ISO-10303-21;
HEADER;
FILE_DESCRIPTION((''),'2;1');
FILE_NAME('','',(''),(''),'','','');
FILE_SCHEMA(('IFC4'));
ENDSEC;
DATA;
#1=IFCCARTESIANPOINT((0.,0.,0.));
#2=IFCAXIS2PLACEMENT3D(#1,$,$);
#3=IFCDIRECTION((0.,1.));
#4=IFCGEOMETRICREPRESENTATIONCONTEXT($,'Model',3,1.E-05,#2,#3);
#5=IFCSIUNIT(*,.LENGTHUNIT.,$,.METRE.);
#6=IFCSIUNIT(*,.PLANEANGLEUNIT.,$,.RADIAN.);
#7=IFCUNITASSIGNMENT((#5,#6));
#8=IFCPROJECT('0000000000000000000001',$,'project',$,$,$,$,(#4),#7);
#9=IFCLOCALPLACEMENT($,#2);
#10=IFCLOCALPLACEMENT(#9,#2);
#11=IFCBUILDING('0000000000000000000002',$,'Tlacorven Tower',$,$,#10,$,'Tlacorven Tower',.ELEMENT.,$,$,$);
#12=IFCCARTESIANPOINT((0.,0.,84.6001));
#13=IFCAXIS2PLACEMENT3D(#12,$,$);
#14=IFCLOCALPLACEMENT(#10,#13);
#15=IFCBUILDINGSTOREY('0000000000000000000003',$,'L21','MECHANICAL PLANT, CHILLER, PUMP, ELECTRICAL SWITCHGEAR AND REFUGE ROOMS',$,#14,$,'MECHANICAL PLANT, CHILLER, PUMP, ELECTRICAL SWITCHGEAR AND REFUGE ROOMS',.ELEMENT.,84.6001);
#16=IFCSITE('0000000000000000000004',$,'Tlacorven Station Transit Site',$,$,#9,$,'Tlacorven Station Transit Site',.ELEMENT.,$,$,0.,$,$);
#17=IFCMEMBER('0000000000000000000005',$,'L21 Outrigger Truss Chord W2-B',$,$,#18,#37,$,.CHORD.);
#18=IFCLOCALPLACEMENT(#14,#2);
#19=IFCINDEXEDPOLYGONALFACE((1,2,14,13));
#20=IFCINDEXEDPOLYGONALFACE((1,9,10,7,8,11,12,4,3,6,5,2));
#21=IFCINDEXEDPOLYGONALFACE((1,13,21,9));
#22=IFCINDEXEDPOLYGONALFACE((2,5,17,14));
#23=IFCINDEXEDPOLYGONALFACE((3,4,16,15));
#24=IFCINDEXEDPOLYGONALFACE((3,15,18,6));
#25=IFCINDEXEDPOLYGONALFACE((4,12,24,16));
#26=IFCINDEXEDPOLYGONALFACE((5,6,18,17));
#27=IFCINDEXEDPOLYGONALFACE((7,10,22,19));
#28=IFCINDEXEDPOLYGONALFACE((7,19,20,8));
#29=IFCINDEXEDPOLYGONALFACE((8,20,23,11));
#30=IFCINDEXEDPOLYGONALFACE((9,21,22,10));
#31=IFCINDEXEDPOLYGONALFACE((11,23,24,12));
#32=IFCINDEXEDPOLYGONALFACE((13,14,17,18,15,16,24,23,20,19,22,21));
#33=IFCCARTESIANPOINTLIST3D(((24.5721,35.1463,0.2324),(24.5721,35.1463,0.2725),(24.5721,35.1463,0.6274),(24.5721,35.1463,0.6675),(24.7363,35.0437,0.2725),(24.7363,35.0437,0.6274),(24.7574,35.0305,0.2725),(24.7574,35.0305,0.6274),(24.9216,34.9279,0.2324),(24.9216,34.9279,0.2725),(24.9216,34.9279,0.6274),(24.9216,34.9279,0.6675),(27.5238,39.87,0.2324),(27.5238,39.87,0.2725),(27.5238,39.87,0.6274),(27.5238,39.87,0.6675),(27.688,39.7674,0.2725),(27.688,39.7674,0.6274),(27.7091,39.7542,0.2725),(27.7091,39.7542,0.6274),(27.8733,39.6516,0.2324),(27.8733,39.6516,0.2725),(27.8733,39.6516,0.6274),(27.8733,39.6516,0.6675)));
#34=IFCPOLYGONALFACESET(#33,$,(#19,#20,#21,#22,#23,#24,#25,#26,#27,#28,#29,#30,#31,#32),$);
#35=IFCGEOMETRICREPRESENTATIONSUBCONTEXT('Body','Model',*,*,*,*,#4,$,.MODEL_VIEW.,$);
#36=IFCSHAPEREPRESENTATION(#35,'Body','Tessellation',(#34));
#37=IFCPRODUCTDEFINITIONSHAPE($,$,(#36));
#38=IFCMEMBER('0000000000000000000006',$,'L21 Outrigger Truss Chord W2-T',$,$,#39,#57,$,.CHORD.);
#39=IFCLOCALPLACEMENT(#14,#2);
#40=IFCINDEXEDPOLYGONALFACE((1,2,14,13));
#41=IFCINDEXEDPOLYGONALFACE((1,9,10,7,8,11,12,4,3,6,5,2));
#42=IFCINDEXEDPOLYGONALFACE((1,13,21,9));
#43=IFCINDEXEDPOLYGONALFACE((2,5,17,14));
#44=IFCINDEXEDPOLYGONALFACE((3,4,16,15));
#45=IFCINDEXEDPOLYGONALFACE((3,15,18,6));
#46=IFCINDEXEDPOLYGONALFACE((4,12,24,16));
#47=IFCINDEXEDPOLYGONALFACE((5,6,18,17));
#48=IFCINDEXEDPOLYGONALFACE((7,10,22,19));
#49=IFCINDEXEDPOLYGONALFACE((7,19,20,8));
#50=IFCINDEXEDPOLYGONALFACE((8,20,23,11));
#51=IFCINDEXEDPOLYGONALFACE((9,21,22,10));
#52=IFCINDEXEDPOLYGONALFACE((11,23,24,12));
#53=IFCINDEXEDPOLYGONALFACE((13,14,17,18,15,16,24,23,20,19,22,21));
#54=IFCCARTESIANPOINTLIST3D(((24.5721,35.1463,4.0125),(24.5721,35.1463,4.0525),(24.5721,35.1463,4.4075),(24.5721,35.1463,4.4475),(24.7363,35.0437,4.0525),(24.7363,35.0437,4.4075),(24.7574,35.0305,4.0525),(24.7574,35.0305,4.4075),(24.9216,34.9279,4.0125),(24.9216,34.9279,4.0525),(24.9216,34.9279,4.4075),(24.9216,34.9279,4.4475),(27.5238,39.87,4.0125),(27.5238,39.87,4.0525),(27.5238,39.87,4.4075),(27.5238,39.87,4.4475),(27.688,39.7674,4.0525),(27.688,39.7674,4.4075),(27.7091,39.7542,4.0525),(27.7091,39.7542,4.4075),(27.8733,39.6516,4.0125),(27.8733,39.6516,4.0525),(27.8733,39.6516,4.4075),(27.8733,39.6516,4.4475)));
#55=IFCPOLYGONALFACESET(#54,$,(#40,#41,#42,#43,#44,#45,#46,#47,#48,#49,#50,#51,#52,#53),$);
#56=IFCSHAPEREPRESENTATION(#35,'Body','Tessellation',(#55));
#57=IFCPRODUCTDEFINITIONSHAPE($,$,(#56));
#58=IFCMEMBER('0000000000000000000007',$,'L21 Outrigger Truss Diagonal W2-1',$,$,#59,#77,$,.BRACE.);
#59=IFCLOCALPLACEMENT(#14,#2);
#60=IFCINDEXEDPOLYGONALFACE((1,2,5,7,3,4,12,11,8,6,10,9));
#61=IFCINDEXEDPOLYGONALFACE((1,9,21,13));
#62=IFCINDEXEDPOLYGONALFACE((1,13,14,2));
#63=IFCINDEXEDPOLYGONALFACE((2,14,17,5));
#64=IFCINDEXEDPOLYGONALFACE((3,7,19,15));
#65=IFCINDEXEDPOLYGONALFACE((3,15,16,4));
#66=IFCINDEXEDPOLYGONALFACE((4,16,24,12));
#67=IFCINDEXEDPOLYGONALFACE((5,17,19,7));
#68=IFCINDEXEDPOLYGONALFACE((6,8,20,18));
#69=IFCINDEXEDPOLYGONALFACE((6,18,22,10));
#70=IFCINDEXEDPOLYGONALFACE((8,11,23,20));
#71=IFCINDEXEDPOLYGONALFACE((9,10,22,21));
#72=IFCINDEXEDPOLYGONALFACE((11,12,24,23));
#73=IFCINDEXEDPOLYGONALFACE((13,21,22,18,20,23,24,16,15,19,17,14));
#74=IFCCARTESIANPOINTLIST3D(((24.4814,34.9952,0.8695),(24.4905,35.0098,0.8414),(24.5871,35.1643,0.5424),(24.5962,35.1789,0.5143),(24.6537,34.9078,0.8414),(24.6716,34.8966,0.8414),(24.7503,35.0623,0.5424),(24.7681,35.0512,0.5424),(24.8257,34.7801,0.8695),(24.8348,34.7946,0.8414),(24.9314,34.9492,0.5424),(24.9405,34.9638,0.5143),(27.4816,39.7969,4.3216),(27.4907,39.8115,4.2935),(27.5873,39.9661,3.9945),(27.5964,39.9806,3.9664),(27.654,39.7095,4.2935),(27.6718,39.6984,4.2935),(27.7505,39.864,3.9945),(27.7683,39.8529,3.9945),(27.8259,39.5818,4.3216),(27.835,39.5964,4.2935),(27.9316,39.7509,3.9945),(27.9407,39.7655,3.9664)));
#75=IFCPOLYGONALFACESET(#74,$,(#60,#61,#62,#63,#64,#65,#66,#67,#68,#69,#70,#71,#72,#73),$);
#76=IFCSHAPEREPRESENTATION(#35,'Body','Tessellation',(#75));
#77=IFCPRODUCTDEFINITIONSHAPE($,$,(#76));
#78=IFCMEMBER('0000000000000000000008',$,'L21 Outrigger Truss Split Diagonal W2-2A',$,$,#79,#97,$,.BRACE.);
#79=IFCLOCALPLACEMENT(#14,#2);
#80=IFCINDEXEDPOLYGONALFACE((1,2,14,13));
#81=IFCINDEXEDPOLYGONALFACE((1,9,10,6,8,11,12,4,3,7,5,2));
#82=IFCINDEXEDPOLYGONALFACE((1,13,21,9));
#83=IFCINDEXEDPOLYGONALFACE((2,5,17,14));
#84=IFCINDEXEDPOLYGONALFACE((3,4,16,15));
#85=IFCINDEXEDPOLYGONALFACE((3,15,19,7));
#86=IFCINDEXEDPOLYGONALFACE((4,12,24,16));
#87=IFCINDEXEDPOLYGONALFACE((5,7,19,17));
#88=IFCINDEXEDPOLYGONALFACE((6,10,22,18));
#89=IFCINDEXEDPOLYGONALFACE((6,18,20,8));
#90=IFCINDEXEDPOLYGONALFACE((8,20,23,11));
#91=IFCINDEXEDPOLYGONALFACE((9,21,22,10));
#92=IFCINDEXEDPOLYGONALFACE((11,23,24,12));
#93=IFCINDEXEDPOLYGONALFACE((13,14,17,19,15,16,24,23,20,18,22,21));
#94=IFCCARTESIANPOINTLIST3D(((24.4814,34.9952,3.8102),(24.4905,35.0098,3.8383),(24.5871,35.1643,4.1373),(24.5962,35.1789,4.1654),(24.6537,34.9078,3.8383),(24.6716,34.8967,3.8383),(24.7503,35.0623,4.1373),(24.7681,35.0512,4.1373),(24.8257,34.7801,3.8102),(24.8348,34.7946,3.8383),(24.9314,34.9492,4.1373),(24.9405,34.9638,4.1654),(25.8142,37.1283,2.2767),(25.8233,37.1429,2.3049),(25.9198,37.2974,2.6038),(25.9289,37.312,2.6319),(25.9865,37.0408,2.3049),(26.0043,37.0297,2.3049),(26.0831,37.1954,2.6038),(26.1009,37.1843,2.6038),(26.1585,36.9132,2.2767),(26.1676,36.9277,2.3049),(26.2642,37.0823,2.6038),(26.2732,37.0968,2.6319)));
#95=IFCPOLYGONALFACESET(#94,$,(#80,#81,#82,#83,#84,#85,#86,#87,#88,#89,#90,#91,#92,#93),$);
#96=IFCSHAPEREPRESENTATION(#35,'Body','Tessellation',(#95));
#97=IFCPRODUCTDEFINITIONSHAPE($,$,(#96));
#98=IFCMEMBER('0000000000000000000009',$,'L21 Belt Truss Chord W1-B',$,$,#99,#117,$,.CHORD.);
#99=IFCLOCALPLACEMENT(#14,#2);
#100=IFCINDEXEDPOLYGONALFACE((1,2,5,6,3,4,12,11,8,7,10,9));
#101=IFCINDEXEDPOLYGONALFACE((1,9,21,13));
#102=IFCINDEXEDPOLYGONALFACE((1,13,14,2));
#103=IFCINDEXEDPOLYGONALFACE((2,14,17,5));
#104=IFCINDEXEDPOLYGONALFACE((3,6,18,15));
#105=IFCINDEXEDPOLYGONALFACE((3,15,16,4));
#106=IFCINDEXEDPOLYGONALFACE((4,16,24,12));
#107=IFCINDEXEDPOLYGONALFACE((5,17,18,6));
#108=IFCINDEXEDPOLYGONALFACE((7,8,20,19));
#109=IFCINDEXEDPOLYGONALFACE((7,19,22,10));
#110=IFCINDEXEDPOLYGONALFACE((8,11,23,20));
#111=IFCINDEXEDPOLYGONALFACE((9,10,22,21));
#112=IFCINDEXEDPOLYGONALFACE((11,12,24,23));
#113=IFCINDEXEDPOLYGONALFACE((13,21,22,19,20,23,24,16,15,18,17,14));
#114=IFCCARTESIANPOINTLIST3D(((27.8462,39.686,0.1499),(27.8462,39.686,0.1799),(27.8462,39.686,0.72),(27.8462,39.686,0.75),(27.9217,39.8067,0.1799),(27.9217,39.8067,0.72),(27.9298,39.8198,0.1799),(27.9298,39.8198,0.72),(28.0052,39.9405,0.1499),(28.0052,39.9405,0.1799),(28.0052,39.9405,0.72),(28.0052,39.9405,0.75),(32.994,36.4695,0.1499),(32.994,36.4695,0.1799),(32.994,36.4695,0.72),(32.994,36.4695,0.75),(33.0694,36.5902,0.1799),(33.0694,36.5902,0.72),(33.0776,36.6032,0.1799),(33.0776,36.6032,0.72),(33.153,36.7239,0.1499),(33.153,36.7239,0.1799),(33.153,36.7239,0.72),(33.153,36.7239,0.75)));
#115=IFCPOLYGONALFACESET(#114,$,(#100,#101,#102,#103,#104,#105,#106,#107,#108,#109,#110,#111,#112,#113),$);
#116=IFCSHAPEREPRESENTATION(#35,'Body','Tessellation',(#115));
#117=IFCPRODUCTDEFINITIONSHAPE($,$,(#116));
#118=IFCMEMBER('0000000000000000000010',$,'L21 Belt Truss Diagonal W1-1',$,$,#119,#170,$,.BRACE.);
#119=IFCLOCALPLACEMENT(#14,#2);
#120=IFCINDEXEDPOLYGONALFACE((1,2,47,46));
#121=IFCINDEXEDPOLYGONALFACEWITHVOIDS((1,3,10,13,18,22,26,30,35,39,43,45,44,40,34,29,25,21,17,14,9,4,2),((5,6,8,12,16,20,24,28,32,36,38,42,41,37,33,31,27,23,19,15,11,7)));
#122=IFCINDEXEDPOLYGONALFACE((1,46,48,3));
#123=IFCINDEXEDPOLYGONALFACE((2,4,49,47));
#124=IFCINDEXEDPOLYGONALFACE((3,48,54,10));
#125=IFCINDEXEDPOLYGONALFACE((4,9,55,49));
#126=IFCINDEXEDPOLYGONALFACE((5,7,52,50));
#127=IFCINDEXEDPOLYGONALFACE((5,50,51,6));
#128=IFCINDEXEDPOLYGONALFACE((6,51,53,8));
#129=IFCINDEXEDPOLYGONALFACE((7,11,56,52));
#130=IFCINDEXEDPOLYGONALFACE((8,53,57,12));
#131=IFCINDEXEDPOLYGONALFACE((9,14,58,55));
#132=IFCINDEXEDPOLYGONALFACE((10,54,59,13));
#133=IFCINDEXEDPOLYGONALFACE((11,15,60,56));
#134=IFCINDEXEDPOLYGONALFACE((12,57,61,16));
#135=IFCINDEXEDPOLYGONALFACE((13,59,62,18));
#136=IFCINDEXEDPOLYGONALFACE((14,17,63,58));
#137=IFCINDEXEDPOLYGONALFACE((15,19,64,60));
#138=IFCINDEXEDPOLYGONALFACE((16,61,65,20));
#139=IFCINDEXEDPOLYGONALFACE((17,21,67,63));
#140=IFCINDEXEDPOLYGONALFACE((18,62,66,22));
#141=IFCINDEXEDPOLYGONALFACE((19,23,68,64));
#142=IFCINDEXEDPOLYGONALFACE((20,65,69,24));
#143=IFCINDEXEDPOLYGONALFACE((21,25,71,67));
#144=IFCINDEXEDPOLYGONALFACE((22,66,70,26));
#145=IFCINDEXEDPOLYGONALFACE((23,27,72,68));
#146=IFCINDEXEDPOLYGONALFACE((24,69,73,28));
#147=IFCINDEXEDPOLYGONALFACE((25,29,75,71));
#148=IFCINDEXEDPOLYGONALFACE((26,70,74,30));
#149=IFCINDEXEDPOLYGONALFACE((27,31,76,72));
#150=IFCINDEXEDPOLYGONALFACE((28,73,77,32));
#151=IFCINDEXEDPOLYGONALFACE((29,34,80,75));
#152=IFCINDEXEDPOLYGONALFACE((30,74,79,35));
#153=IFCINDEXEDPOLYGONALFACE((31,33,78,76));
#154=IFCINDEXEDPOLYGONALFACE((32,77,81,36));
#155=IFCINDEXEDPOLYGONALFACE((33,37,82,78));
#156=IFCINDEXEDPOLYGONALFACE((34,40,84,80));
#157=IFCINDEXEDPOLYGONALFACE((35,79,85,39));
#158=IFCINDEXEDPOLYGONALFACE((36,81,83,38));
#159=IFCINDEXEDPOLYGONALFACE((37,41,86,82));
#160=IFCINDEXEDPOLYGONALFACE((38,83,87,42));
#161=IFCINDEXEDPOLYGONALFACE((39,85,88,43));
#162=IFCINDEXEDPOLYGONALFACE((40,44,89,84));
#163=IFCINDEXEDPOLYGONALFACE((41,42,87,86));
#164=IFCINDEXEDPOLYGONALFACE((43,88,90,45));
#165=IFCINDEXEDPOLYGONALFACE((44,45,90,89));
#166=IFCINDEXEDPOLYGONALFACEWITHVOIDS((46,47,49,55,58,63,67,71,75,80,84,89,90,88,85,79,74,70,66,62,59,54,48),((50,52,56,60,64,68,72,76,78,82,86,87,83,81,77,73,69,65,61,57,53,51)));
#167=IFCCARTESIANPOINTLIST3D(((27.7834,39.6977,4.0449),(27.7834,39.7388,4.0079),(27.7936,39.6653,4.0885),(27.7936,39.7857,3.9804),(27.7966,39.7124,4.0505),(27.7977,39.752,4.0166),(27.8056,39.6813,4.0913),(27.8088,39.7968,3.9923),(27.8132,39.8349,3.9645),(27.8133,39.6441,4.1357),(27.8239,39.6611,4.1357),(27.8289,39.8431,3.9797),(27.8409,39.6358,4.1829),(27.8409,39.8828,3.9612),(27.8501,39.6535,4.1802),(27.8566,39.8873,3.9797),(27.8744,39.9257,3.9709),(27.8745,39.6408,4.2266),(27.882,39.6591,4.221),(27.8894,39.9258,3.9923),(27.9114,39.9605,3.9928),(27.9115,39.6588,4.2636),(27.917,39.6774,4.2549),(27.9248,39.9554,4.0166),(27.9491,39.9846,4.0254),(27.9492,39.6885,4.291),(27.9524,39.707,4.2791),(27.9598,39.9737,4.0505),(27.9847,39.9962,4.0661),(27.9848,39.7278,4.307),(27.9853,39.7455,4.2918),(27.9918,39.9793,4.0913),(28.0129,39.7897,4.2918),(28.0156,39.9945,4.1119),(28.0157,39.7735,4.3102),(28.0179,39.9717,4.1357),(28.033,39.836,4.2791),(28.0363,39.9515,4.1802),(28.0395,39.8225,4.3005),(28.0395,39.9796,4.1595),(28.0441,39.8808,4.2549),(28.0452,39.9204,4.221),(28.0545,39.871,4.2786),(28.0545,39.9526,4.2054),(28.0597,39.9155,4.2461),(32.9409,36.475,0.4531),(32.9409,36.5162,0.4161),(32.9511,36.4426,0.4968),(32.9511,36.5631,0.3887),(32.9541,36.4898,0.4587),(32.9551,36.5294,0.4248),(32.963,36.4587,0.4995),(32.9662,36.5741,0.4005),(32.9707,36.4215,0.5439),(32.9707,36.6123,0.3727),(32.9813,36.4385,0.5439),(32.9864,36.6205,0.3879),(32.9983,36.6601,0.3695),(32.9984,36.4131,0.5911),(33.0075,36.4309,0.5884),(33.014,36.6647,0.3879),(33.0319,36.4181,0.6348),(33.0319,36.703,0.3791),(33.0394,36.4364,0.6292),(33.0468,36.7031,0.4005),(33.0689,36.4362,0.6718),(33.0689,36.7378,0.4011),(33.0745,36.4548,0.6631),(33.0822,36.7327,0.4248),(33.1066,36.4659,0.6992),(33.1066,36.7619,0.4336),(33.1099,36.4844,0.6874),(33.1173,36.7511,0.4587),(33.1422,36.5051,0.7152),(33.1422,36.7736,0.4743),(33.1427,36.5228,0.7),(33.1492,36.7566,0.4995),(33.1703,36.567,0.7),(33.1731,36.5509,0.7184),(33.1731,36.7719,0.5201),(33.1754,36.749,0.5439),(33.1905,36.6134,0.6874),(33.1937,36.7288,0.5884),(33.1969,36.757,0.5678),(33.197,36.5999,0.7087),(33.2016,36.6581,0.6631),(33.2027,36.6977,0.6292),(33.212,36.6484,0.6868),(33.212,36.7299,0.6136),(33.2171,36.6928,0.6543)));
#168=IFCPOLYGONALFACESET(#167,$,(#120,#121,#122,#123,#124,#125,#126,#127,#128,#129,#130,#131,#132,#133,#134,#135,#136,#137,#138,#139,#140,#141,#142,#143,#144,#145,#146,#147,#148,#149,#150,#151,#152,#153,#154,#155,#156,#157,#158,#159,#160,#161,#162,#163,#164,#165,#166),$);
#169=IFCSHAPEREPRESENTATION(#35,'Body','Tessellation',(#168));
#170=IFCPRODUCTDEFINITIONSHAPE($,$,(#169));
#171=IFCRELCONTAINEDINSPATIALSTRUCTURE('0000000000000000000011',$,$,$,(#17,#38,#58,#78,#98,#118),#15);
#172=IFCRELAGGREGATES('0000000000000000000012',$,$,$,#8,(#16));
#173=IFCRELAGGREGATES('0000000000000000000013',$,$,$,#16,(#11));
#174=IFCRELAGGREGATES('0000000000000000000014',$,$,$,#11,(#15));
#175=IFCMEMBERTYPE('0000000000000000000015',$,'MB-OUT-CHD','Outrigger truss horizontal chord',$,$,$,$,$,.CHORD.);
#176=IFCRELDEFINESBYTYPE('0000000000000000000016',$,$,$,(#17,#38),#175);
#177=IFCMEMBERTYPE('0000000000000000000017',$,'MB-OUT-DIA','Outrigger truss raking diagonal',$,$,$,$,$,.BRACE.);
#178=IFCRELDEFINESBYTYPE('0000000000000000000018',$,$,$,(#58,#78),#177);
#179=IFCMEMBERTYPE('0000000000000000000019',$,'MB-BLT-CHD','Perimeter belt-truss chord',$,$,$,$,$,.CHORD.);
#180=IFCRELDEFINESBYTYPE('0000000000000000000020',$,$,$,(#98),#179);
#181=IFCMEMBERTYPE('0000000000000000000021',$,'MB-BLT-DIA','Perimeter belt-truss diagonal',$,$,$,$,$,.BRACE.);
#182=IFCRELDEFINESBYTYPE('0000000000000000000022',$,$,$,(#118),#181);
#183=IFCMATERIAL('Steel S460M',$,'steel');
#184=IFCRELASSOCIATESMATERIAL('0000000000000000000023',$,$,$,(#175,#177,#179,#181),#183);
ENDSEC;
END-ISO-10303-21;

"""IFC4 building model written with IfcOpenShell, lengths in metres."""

from ifc_helpers import new_model, si_unit, direction, frame, origin, origin_2d, place, context, subcontext, project, spatial, hollow_circle, i_section, extrude, source, transform, mapped, material, material_profile, profile_set, type_object, element, save


model = new_model("IFC4")

# Units and contexts
model_context = context("Model", 3, precision=1e-05, world=origin(), true_north=direction((0.0, 1.0)))
body_context = subcontext(model_context, "Body", "Model", "MODEL_VIEW")
ifc_project = project(units=[si_unit("LENGTHUNIT", "METRE"), si_unit("PLANEANGLEUNIT", "RADIAN")], contexts=[model_context])

# Site, building, storey
site_placement = place(None, origin())
site = spatial("IfcSite", under=ifc_project, at=site_placement, Name="Tlacorven Station Transit Site", LongName="Tlacorven Station Transit Site", CompositionType="ELEMENT", RefElevation=0.0)
building_placement = place(site_placement, origin())
building = spatial("IfcBuilding", under=site, at=building_placement, Name="Tlacorven Tower", LongName="Tlacorven Tower", CompositionType="ELEMENT")
storey_placement = place(building_placement, frame((0.0, 0.0, 84.6001)))
storey = spatial("IfcBuildingStorey", under=building, at=storey_placement, Name="L21", Description="MECHANICAL PLANT, CHILLER, PUMP, ELECTRICAL SWITCHGEAR AND REFUGE ROOMS", LongName="MECHANICAL PLANT, CHILLER, PUMP, ELECTRICAL SWITCHGEAR AND REFUGE ROOMS", CompositionType="ELEMENT", Elevation=84.6001)

# Shared definitions
ifc_material_1 = material(Name="Steel S460M", Category="steel")

# Members
ifc_material_profile_1 = material_profile(ifc_material_1, i_section(OverallWidth=0.4121, OverallDepth=0.4351, WebThickness=0.0249, FlangeThickness=0.04, at=origin_2d()), Name="HD 400X463")
ifc_profile_set_1 = profile_set([ifc_material_profile_1], Name="Steel S460M")
member_type_1 = type_object("IfcMemberType", Name="MB-OUT-CHD", Description="Outrigger truss horizontal chord", PredefinedType="CHORD", material=ifc_profile_set_1)
shared_shape_1 = source(origin(), body_context, "Body", "SweptSolid", [
    extrude(i_section(OverallWidth=0.4121, OverallDepth=0.4351, WebThickness=0.0249, FlangeThickness=0.04, at=origin_2d()), origin(), (0.0, 0.0, 1.0), 5.5701),
])
for number, where, z_axis, x_axis, name in (
    (1, (24.7468, 35.0371, 0.45), (0.52992, 0.848048, 0.0), (-0.848048, 0.52992, 0.0), "L21 Outrigger Truss Chord W2-B"),
    (2, (24.7468, 35.0371, 4.23), (0.52992, 0.848048, 0.0), (-0.848048, 0.52992, 0.0), "L21 Outrigger Truss Chord W2-T"),
):
    element("IfcMember", number, at=place(storey_placement, frame(where, z_axis=z_axis, x_axis=x_axis)), inside=storey, type_object=member_type_1, Name=name, PredefinedType="CHORD", context=body_context, shape_type="MappedRepresentation", body=[
        mapped(shared_shape_1, transform((0.0, 0.0, 0.0), scale=1.0)),
    ])
ifc_material_profile_2 = material_profile(ifc_material_1, i_section(OverallWidth=0.406, OverallDepth=0.416, WebThickness=0.021, FlangeThickness=0.033, at=origin_2d()), Name="HD 400X382")
ifc_profile_set_2 = profile_set([ifc_material_profile_2], Name="Steel S460M")
member_type_2 = type_object("IfcMemberType", Name="MB-OUT-DIA", Description="Outrigger truss raking diagonal", PredefinedType="BRACE", material=ifc_profile_set_2)
shared_shape_2 = source(origin(), body_context, "Body", "SweptSolid", [
    extrude(i_section(OverallWidth=0.406, OverallDepth=0.416, WebThickness=0.021, FlangeThickness=0.033, at=origin_2d()), origin(), (0.0, 0.0, 1.0), 6.6313),
])
member_1_placement = place(storey_placement, frame((24.7109, 34.9795, 0.6919), z_axis=(0.452429, 0.724092, 0.520575), x_axis=(-0.848066, 0.52989, 0.0)))
element("IfcMember", 3, at=member_1_placement, inside=storey, type_object=member_type_2, Name="L21 Outrigger Truss Diagonal W2-1", PredefinedType="BRACE", context=body_context, shape_type="MappedRepresentation", body=[
    mapped(shared_shape_2, transform((0.0, 0.0, 0.0), scale=1.0)),
])
shared_shape_3 = source(origin(), body_context, "Body", "SweptSolid", [
    extrude(i_section(OverallWidth=0.406, OverallDepth=0.416, WebThickness=0.021, FlangeThickness=0.033, at=origin_2d()), origin(), (0.0, 0.0, 1.0), 2.9458),
])
member_2_placement = place(storey_placement, frame((24.7109, 34.9795, 3.9878), z_axis=(0.452431, 0.724105, -0.520556), x_axis=(-0.848069, 0.529886, 0.0)))
element("IfcMember", 4, at=member_2_placement, inside=storey, type_object=member_type_2, Name="L21 Outrigger Truss Split Diagonal W2-2A", PredefinedType="BRACE", context=body_context, shape_type="MappedRepresentation", body=[
    mapped(shared_shape_3, transform((0.0, 0.0, 0.0), scale=1.0)),
])
ifc_material_profile_3 = material_profile(ifc_material_1, i_section(OverallWidth=0.3, OverallDepth=0.6001, WebThickness=0.0154, FlangeThickness=0.03, at=origin_2d()), Name="HEB 600")
ifc_profile_set_3 = profile_set([ifc_material_profile_3], Name="Steel S460M")
member_type_3 = type_object("IfcMemberType", Name="MB-BLT-CHD", Description="Perimeter belt-truss chord", PredefinedType="CHORD", material=ifc_profile_set_3)
shared_shape_4 = source(origin(), body_context, "Body", "SweptSolid", [
    extrude(i_section(OverallWidth=0.3, OverallDepth=0.6001, WebThickness=0.0154, FlangeThickness=0.03, at=origin_2d()), origin(), (0.0, 0.0, 1.0), 6.0701),
])
member_3_placement = place(storey_placement, frame((33.0735, 36.5967, 0.45), z_axis=(-0.848055, 0.529909, 0.0), x_axis=(-0.529909, -0.848055, 0.0)))
element("IfcMember", 5, at=member_3_placement, inside=storey, type_object=member_type_3, Name="L21 Belt Truss Chord W1-B", PredefinedType="CHORD", context=body_context, shape_type="MappedRepresentation", body=[
    mapped(shared_shape_4, transform((0.0, 0.0, 0.0), scale=1.0)),
])
ifc_material_profile_4 = material_profile(ifc_material_1, hollow_circle(Radius=0.2031, WallThickness=0.02, at=origin_2d()), Name="CHS 406.4X20")
ifc_profile_set_4 = profile_set([ifc_material_profile_4], Name="Steel S460M")
member_type_4 = type_object("IfcMemberType", Name="MB-BLT-DIA", Description="Perimeter belt-truss diagonal", PredefinedType="BRACE", material=ifc_profile_set_4)
shared_shape_5 = source(origin(), body_context, "Body", "SweptSolid", [
    extrude(hollow_circle(Radius=0.2031, WallThickness=0.02, at=origin_2d()), origin(), (0.0, 0.0, 1.0), 7.063),
])
member_4_placement = place(storey_placement, frame((33.0784, 36.5938, 0.5439), z_axis=(-0.730209, 0.456273, 0.508537), x_axis=(-0.529909, -0.848055, 0.0)))
element("IfcMember", 6, at=member_4_placement, inside=storey, type_object=member_type_4, Name="L21 Belt Truss Diagonal W1-1", PredefinedType="BRACE", context=body_context, shape_type="MappedRepresentation", body=[
    mapped(shared_shape_5, transform((0.0, 0.0, 0.0), scale=1.0)),
])

save(model, "model.ifc")
